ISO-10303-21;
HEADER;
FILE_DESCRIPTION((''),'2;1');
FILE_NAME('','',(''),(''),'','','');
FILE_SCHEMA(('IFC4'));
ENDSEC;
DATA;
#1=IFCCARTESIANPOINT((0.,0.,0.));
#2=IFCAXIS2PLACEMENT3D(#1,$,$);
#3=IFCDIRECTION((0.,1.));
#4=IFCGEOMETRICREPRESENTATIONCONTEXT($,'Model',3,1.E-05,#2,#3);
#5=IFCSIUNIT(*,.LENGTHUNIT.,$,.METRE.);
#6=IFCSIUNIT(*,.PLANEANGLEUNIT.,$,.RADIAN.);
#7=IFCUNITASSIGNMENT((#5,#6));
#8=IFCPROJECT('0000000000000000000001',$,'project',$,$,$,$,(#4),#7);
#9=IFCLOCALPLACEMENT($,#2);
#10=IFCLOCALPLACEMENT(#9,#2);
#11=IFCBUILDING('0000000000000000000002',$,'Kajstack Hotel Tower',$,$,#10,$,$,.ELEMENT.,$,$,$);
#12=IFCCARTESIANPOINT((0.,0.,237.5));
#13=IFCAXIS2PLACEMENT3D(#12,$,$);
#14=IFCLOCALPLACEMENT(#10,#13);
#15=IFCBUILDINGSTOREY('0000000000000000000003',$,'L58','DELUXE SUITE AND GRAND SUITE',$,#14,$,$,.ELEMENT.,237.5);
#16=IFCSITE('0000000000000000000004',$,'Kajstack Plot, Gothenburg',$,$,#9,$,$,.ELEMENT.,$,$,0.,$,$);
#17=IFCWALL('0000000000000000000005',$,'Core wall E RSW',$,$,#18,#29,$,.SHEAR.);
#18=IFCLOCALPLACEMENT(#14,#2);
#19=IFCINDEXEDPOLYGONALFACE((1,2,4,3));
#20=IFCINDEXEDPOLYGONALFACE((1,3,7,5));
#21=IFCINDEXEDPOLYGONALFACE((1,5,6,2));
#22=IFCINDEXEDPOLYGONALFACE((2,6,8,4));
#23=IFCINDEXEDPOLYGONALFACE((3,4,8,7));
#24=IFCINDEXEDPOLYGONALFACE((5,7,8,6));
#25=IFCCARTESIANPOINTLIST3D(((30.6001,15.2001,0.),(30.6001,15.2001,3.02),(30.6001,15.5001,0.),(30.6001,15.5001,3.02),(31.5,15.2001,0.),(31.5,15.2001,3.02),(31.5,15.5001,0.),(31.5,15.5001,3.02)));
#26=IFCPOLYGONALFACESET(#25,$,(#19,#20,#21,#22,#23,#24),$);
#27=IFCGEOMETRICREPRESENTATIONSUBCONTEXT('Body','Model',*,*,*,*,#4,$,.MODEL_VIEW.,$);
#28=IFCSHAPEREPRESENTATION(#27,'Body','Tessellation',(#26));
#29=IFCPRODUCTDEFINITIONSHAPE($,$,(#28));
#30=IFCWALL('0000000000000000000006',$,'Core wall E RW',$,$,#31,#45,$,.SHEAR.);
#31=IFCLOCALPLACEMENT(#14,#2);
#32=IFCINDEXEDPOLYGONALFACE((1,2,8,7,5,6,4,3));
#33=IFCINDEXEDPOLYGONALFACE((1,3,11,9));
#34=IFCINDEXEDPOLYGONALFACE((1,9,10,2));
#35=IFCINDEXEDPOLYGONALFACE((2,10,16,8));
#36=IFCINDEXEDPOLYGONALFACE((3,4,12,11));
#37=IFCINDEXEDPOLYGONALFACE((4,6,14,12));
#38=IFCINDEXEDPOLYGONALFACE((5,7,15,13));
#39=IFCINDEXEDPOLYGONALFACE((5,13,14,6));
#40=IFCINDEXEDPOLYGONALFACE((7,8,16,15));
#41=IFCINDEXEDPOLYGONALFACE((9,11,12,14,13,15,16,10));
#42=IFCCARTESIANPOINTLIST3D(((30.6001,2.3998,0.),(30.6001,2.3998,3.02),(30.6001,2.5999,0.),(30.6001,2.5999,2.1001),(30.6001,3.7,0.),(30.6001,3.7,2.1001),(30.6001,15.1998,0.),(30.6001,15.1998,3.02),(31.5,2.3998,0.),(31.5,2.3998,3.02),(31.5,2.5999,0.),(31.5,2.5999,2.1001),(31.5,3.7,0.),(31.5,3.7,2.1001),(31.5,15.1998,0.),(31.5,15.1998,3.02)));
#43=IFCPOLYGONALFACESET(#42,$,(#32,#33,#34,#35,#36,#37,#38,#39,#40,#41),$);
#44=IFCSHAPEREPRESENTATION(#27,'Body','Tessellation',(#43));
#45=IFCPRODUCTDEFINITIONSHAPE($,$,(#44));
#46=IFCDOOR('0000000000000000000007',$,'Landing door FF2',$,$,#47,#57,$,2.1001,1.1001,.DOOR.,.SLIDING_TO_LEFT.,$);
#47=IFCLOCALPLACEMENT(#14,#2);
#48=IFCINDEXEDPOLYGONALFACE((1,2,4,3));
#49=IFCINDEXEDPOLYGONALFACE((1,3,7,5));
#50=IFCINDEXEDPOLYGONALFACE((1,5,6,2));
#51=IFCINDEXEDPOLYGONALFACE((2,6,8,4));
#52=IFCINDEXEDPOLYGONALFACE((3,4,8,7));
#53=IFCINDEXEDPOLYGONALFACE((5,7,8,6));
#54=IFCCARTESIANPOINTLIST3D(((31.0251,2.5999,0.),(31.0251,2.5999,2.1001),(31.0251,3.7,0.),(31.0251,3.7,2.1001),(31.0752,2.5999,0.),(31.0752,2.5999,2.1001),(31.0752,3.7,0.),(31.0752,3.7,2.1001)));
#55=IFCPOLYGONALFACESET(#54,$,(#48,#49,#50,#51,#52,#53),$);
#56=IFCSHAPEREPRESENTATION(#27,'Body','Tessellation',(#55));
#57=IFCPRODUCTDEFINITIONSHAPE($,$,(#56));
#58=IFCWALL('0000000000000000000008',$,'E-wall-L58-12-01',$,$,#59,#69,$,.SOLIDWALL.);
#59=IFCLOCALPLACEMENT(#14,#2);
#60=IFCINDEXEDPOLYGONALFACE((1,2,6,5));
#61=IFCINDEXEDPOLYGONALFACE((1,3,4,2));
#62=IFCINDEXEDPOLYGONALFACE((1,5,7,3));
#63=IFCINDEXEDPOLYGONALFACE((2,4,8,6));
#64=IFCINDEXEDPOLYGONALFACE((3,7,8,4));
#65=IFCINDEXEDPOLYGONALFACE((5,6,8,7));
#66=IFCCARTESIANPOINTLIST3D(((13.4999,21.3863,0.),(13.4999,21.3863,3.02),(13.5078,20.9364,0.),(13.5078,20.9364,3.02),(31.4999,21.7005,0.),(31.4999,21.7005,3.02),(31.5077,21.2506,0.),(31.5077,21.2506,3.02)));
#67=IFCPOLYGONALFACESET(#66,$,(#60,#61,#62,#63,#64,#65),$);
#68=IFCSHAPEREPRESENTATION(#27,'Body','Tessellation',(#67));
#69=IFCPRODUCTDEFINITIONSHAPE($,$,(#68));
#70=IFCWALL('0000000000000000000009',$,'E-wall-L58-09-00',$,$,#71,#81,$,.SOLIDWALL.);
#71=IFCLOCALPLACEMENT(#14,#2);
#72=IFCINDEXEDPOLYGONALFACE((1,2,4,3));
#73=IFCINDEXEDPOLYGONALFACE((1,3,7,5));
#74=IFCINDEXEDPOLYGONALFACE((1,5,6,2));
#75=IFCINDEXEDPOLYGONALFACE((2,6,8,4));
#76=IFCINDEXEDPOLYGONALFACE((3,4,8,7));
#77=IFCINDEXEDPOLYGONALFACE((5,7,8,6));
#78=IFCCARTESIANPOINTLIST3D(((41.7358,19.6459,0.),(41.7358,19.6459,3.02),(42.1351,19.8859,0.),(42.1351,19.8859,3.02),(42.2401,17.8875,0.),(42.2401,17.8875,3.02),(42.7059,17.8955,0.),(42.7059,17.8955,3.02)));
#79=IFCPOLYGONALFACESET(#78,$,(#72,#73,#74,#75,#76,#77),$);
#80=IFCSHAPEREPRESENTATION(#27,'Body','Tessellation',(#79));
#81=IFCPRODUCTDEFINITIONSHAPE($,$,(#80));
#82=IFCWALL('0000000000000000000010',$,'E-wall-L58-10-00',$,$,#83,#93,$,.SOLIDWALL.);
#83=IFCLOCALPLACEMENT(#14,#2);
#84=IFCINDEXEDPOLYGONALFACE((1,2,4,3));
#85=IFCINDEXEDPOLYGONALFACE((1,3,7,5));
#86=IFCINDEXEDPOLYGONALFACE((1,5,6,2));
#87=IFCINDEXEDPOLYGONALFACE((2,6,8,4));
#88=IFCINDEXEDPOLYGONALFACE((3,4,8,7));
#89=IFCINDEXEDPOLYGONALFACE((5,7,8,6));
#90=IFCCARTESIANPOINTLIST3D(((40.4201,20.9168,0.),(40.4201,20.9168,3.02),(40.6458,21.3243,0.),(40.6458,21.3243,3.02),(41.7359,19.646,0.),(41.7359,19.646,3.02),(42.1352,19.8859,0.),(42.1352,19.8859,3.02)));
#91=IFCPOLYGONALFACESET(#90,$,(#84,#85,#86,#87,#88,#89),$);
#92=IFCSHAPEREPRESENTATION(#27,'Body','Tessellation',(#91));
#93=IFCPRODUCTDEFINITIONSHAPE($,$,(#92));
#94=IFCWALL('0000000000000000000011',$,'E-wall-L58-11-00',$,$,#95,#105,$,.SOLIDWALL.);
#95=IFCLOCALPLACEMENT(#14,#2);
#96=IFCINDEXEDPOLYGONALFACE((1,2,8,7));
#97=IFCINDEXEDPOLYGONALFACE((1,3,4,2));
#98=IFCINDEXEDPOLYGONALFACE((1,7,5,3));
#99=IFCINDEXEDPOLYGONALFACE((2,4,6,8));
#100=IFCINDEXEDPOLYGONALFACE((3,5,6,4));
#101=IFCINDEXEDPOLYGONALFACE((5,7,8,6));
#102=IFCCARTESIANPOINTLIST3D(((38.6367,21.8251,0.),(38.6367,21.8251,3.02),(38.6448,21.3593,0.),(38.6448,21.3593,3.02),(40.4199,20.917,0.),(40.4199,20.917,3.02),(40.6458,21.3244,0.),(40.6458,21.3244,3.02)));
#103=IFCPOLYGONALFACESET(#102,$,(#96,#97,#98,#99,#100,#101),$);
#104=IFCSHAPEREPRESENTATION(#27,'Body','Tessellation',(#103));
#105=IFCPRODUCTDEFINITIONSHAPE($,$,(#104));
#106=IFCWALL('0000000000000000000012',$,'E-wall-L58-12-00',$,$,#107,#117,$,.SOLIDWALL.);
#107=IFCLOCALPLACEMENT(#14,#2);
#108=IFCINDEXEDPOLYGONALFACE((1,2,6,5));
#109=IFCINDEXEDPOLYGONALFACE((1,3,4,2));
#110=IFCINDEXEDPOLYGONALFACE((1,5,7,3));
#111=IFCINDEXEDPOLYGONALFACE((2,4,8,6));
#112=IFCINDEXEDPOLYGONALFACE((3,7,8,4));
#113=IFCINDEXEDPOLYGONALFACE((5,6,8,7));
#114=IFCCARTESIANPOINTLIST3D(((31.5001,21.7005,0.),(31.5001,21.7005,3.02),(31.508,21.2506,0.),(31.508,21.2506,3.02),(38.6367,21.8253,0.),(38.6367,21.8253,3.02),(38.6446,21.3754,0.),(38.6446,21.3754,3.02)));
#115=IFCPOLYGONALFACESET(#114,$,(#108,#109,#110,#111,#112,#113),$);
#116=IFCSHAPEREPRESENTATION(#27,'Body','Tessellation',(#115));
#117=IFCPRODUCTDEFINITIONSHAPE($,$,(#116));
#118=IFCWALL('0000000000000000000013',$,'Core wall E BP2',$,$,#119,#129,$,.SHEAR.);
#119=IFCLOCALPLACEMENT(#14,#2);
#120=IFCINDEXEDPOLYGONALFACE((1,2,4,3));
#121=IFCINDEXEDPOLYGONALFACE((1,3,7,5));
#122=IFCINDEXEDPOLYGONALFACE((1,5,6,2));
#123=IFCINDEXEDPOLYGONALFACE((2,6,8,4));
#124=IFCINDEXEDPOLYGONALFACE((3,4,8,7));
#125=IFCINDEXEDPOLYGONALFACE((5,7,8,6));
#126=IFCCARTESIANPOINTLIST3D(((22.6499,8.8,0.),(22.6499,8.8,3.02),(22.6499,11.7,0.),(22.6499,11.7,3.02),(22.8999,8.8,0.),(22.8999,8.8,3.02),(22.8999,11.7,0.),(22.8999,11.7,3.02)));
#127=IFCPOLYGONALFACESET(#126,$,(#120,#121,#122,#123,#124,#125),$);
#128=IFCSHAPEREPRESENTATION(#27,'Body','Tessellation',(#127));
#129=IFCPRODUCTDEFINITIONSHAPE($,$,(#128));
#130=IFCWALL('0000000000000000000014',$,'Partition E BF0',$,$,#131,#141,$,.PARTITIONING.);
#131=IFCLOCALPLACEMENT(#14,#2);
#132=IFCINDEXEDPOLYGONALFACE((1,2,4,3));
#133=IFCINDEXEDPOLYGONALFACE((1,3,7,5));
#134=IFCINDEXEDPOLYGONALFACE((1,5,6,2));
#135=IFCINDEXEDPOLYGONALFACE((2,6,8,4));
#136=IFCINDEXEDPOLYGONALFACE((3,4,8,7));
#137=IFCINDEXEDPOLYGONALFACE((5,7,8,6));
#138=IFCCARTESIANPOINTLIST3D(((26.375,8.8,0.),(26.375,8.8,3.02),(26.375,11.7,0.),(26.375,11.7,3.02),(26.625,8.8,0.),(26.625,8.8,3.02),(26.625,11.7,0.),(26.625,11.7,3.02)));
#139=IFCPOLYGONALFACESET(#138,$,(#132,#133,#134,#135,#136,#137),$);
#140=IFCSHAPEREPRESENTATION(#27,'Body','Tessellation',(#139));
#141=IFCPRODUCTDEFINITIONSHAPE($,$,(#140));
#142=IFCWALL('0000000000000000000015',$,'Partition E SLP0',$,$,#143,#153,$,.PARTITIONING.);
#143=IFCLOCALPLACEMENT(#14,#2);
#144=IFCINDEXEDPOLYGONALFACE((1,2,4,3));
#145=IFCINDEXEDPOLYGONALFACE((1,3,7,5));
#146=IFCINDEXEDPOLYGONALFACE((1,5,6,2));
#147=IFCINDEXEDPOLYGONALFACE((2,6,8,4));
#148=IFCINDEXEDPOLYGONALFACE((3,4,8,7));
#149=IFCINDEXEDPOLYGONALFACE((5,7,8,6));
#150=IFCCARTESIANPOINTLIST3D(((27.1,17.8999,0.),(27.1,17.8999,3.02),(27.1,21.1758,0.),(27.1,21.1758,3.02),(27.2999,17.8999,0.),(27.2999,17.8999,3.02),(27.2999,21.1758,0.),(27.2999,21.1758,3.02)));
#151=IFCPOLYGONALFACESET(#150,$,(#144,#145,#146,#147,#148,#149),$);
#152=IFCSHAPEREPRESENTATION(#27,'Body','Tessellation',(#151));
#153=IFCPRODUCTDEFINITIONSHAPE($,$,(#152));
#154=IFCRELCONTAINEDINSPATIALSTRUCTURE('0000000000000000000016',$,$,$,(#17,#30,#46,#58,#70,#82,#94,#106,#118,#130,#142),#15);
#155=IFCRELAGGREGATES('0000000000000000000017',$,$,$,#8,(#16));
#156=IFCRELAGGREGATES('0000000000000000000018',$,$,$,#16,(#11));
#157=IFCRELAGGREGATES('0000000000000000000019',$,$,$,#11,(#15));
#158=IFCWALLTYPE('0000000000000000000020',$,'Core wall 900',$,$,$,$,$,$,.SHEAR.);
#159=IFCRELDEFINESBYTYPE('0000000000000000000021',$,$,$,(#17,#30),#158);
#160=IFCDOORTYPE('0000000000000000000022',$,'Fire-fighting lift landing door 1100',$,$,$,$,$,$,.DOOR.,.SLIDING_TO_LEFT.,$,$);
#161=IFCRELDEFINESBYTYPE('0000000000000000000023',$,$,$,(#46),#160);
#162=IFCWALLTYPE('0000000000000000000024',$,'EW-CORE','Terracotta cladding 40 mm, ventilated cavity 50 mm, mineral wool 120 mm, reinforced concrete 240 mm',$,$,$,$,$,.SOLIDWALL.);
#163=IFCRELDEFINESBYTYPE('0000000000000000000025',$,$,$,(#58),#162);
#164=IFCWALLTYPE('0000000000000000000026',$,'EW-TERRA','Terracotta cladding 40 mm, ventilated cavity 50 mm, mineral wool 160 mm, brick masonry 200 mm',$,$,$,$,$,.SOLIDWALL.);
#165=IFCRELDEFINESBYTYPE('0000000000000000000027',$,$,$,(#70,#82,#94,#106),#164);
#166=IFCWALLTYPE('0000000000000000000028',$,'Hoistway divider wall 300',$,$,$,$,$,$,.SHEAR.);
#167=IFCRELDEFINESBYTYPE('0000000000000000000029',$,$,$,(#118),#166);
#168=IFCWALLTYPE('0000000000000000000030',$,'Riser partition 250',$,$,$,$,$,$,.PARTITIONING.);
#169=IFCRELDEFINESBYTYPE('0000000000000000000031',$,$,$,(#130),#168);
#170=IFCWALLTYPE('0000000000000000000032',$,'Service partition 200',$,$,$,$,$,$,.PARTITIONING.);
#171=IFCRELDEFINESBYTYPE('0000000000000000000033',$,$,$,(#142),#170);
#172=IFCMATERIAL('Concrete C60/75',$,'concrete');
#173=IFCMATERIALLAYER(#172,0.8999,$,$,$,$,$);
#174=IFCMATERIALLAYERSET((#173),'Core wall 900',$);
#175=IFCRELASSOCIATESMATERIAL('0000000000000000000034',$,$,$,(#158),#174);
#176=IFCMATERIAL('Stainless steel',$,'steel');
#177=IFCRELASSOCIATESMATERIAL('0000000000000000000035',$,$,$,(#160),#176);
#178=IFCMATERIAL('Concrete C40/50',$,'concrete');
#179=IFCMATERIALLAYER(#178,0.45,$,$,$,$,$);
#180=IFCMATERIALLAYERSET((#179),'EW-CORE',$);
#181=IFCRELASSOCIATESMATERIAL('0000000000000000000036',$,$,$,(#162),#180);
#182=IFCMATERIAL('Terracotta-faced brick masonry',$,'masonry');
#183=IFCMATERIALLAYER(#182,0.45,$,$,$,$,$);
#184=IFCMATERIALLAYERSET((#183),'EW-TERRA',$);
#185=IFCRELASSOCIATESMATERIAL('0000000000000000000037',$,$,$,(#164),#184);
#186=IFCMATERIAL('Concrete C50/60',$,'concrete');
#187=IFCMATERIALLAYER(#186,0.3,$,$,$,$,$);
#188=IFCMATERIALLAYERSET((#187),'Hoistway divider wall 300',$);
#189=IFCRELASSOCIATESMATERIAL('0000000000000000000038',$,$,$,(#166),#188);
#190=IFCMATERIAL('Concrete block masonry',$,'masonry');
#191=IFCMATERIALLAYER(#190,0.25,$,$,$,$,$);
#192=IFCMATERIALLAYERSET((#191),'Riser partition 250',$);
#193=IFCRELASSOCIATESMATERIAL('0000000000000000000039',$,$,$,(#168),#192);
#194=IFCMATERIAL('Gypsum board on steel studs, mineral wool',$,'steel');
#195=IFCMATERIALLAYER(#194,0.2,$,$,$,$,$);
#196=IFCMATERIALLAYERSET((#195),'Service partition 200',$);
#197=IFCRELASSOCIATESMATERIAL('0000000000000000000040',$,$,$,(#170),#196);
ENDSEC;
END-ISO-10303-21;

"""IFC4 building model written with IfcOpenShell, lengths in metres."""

from ifc_helpers import new_model, si_unit, direction, frame, frame_2d, origin, place, context, subcontext, project, spatial, polyline, rectangle, outline, extrude, material, layer, layer_set, type_object, element, fill, save


model = new_model("IFC4")

# Units and contexts
model_context = context("Model", 3, precision=1e-05, world=origin(), true_north=direction((0.0, 1.0)))
body_context = subcontext(model_context, "Body", "Model", "MODEL_VIEW")
ifc_project = project(units=[si_unit("LENGTHUNIT", "METRE"), si_unit("PLANEANGLEUNIT", "RADIAN")], contexts=[model_context])

# Site, building, storey
site_placement = place(None, origin())
site = spatial("IfcSite", under=ifc_project, at=site_placement, Name="Kajstack Plot, Gothenburg", CompositionType="ELEMENT", RefElevation=0.0)
building_placement = place(site_placement, origin())
building = spatial("IfcBuilding", under=site, at=building_placement, Name="Kajstack Hotel Tower", CompositionType="ELEMENT")
storey_placement = place(building_placement, frame((0.0, 0.0, 237.5)))
storey = spatial("IfcBuildingStorey", under=building, at=storey_placement, Name="L58", Description="DELUXE SUITE AND GRAND SUITE", CompositionType="ELEMENT", Elevation=237.5)

# Wall
ifc_material_1 = material(Name="Concrete C60/75", Category="concrete")
ifc_layer_1 = layer(ifc_material_1, 0.8999)
ifc_layer_set_1 = layer_set([ifc_layer_1], Name="Core wall 900")
wall_type_1 = type_object("IfcWallType", Name="Core wall 900", PredefinedType="SHEAR", material=ifc_layer_set_1)
wall_1_placement = place(storey_placement, frame((30.6001, 15.3501, 0.0), z_axis=(0.0, 0.0, 1.0), x_axis=(1.0, 0.0, 0.0)))
element("IfcWall", 1, at=wall_1_placement, inside=storey, type_object=wall_type_1, Name="Core wall E RSW", PredefinedType="SHEAR", context=body_context, shape_type="SweptSolid", body=[
    extrude(rectangle(XDim=0.8999, YDim=0.3, at=frame_2d((0.45, 0.0))), origin(), (0.0, 0.0, 1.0), 3.02),
])

# Wall, opening, door
wall_2_placement = place(storey_placement, frame((31.05, 2.3999, 0.0), z_axis=(0.0, 0.0, 1.0), x_axis=(0.0, 1.0, 0.0)))
wall_2 = element("IfcWall", 2, at=wall_2_placement, inside=storey, type_object=wall_type_1, Name="Core wall E RW", PredefinedType="SHEAR", context=body_context, shape_type="SweptSolid", body=[
    extrude(rectangle(XDim=12.8, YDim=0.8999, at=frame_2d((6.3999, 0.0))), origin(), (0.0, 0.0, 1.0), 3.02),
])
opening_1_placement = place(wall_2_placement, frame((0.2, 0.0, 0.0)))
opening_1 = element("IfcOpeningElement", 3, at=opening_1_placement, cuts=wall_2, PredefinedType="OPENING", context=body_context, shape_type="SweptSolid", body=[
    extrude(rectangle(XDim=1.1001, YDim=2.1001, at=frame_2d((0.55, 1.05))), frame((0.0, 0.46, 0.0), z_axis=(0.0, -1.0, 0.0), x_axis=(1.0, 0.0, 0.0)), (0.0, 0.0, 1.0), 0.9199),
])
ifc_material_2 = material(Name="Stainless steel", Category="steel")
door_type_1 = type_object("IfcDoorType", Name="Fire-fighting lift landing door 1100", OperationType="SLIDING_TO_LEFT", PredefinedType="DOOR", material=ifc_material_2)
door_1_placement = place(opening_1_placement, origin())
door_1 = element("IfcDoor", 4, at=door_1_placement, inside=storey, type_object=door_type_1, Name="Landing door FF2", OperationType="SLIDING_TO_LEFT", OverallHeight=2.1001, OverallWidth=1.1001, PredefinedType="DOOR", context=body_context, shape_type="SweptSolid", body=[
    extrude(rectangle(XDim=1.1001, YDim=2.1001, at=frame_2d((0.55, 1.05))), frame((0.0, 0.0249, 0.0), z_axis=(0.0, -1.0, 0.0), x_axis=(1.0, 0.0, 0.0)), (0.0, 0.0, 1.0), 0.05),
])
fill(opening_1, door_1)

# Walls
ifc_material_3 = material(Name="Concrete C40/50", Category="concrete")
ifc_layer_2 = layer(ifc_material_3, 0.45)
ifc_layer_set_2 = layer_set([ifc_layer_2], Name="EW-CORE")
wall_type_2 = type_object("IfcWallType", Name="EW-CORE", Description="Terracotta cladding 40 mm, ventilated cavity 50 mm, mineral wool 120 mm, reinforced concrete 240 mm", PredefinedType="SOLIDWALL", material=ifc_layer_set_2)
wall_3_placement = place(storey_placement, frame((31.5039, 21.4756, 0.0), z_axis=(0.0, 0.0, 1.0), x_axis=(-0.999848, -0.017453, 0.0)))
element("IfcWall", 5, at=wall_3_placement, inside=storey, type_object=wall_type_2, Name="E-wall-L58-12-01", PredefinedType="SOLIDWALL", context=body_context, shape_type="SweptSolid", body=[
    extrude(rectangle(XDim=18.0027, YDim=0.45, at=frame_2d((9.0015, 0.0))), origin(), (0.0, 0.0, 1.0), 3.02),
])
ifc_material_4 = material(Name="Terracotta-faced brick masonry", Category="masonry")
ifc_layer_3 = layer(ifc_material_4, 0.45)
ifc_layer_set_3 = layer_set([ifc_layer_3], Name="EW-TERRA")
wall_type_3 = type_object("IfcWallType", Name="EW-TERRA", Description="Terracotta cladding 40 mm, ventilated cavity 50 mm, mineral wool 160 mm, brick masonry 200 mm", PredefinedType="SOLIDWALL", material=ifc_layer_set_3)
wall_4_placement = place(storey_placement, frame((42.4895, 17.8335, 0.0), z_axis=(0.0, 0.0, 1.0), x_axis=(-0.275546, 0.961288, 0.0)))
element("IfcWall", 6, at=wall_4_placement, inside=storey, type_object=wall_type_3, Name="E-wall-L58-09-00", PredefinedType="SOLIDWALL", context=body_context, shape_type="SweptSolid", body=[
    extrude(outline(polyline([(0.0, -0.2251), (2.0706, -0.2249), (1.95, 0.2251), (0.1206, 0.2249), (0.0, -0.2251)])), origin(), (0.0, 0.0, 1.0), 3.02),
])
wall_5_placement = place(storey_placement, frame((41.979, 19.7241, 0.0), z_axis=(0.0, 0.0, 1.0), x_axis=(-0.719379, 0.694618, 0.0)))
element("IfcWall", 7, at=wall_5_placement, inside=storey, type_object=wall_type_3, Name="E-wall-L58-10-00", PredefinedType="SOLIDWALL", context=body_context, shape_type="SweptSolid", body=[
    extrude(outline(polyline([(0.0, -0.2249), (2.0706, -0.2251), (1.95, 0.2249), (0.1206, 0.2251), (0.0, -0.2249)])), origin(), (0.0, 0.0, 1.0), 3.02),
])
wall_6_placement = place(storey_placement, frame((40.5913, 21.106, 0.0), z_axis=(0.0, 0.0, 1.0), x_axis=(-0.970288, 0.241953, 0.0)))
element("IfcWall", 8, at=wall_6_placement, inside=storey, type_object=wall_type_3, Name="E-wall-L58-11-00", PredefinedType="SOLIDWALL", context=body_context, shape_type="SweptSolid", body=[
    extrude(outline(polyline([(0.0, -0.2251), (2.0706, -0.2249), (1.95, 0.2251), (0.1206, 0.2249), (0.0, -0.2251)])), origin(), (0.0, 0.0, 1.0), 3.02),
])
wall_7_placement = place(storey_placement, frame((38.6406, 21.6003, 0.0), z_axis=(0.0, 0.0, 1.0), x_axis=(-0.999847, -0.017478, 0.0)))
element("IfcWall", 9, at=wall_7_placement, inside=storey, type_object=wall_type_3, Name="E-wall-L58-12-00", PredefinedType="SOLIDWALL", context=body_context, shape_type="SweptSolid", body=[
    extrude(rectangle(XDim=7.1377, YDim=0.45, at=frame_2d((3.5688, 0.0))), origin(), (0.0, 0.0, 1.0), 3.02),
])
ifc_material_5 = material(Name="Concrete C50/60", Category="concrete")
ifc_layer_4 = layer(ifc_material_5, 0.3)
ifc_layer_set_4 = layer_set([ifc_layer_4], Name="Hoistway divider wall 300")
wall_type_4 = type_object("IfcWallType", Name="Hoistway divider wall 300", PredefinedType="SHEAR", material=ifc_layer_set_4)
wall_8_placement = place(storey_placement, frame((22.7749, 8.8, 0.0), z_axis=(0.0, 0.0, 1.0), x_axis=(0.0, 1.0, 0.0)))
element("IfcWall", 10, at=wall_8_placement, inside=storey, type_object=wall_type_4, Name="Core wall E BP2", PredefinedType="SHEAR", context=body_context, shape_type="SweptSolid", body=[
    extrude(rectangle(XDim=2.8999, YDim=0.25, at=frame_2d((1.45, 0.0))), origin(), (0.0, 0.0, 1.0), 3.02),
])
ifc_material_6 = material(Name="Concrete block masonry", Category="masonry")
ifc_layer_5 = layer(ifc_material_6, 0.25)
ifc_layer_set_5 = layer_set([ifc_layer_5], Name="Riser partition 250")
wall_type_5 = type_object("IfcWallType", Name="Riser partition 250", PredefinedType="PARTITIONING", material=ifc_layer_set_5)
wall_9_placement = place(storey_placement, frame((26.5, 8.8, 0.0), z_axis=(0.0, 0.0, 1.0), x_axis=(0.0, 1.0, 0.0)))
element("IfcWall", 11, at=wall_9_placement, inside=storey, type_object=wall_type_5, Name="Partition E BF0", PredefinedType="PARTITIONING", context=body_context, shape_type="SweptSolid", body=[
    extrude(rectangle(XDim=2.8999, YDim=0.25, at=frame_2d((1.45, 0.0))), origin(), (0.0, 0.0, 1.0), 3.02),
])
ifc_material_7 = material(Name="Gypsum board on steel studs, mineral wool", Category="steel")
ifc_layer_6 = layer(ifc_material_7, 0.2)
ifc_layer_set_6 = layer_set([ifc_layer_6], Name="Service partition 200")
wall_type_6 = type_object("IfcWallType", Name="Service partition 200", PredefinedType="PARTITIONING", material=ifc_layer_set_6)
wall_10_placement = place(storey_placement, frame((27.2, 17.8999, 0.0), z_axis=(0.0, 0.0, 1.0), x_axis=(0.0, 1.0, 0.0)))
element("IfcWall", 12, at=wall_10_placement, inside=storey, type_object=wall_type_6, Name="Partition E SLP0", PredefinedType="PARTITIONING", context=body_context, shape_type="SweptSolid", body=[
    extrude(rectangle(XDim=3.2759, YDim=0.2, at=frame_2d((1.6379, 0.0))), origin(), (0.0, 0.0, 1.0), 3.02),
])

save(model, "model.ifc")
